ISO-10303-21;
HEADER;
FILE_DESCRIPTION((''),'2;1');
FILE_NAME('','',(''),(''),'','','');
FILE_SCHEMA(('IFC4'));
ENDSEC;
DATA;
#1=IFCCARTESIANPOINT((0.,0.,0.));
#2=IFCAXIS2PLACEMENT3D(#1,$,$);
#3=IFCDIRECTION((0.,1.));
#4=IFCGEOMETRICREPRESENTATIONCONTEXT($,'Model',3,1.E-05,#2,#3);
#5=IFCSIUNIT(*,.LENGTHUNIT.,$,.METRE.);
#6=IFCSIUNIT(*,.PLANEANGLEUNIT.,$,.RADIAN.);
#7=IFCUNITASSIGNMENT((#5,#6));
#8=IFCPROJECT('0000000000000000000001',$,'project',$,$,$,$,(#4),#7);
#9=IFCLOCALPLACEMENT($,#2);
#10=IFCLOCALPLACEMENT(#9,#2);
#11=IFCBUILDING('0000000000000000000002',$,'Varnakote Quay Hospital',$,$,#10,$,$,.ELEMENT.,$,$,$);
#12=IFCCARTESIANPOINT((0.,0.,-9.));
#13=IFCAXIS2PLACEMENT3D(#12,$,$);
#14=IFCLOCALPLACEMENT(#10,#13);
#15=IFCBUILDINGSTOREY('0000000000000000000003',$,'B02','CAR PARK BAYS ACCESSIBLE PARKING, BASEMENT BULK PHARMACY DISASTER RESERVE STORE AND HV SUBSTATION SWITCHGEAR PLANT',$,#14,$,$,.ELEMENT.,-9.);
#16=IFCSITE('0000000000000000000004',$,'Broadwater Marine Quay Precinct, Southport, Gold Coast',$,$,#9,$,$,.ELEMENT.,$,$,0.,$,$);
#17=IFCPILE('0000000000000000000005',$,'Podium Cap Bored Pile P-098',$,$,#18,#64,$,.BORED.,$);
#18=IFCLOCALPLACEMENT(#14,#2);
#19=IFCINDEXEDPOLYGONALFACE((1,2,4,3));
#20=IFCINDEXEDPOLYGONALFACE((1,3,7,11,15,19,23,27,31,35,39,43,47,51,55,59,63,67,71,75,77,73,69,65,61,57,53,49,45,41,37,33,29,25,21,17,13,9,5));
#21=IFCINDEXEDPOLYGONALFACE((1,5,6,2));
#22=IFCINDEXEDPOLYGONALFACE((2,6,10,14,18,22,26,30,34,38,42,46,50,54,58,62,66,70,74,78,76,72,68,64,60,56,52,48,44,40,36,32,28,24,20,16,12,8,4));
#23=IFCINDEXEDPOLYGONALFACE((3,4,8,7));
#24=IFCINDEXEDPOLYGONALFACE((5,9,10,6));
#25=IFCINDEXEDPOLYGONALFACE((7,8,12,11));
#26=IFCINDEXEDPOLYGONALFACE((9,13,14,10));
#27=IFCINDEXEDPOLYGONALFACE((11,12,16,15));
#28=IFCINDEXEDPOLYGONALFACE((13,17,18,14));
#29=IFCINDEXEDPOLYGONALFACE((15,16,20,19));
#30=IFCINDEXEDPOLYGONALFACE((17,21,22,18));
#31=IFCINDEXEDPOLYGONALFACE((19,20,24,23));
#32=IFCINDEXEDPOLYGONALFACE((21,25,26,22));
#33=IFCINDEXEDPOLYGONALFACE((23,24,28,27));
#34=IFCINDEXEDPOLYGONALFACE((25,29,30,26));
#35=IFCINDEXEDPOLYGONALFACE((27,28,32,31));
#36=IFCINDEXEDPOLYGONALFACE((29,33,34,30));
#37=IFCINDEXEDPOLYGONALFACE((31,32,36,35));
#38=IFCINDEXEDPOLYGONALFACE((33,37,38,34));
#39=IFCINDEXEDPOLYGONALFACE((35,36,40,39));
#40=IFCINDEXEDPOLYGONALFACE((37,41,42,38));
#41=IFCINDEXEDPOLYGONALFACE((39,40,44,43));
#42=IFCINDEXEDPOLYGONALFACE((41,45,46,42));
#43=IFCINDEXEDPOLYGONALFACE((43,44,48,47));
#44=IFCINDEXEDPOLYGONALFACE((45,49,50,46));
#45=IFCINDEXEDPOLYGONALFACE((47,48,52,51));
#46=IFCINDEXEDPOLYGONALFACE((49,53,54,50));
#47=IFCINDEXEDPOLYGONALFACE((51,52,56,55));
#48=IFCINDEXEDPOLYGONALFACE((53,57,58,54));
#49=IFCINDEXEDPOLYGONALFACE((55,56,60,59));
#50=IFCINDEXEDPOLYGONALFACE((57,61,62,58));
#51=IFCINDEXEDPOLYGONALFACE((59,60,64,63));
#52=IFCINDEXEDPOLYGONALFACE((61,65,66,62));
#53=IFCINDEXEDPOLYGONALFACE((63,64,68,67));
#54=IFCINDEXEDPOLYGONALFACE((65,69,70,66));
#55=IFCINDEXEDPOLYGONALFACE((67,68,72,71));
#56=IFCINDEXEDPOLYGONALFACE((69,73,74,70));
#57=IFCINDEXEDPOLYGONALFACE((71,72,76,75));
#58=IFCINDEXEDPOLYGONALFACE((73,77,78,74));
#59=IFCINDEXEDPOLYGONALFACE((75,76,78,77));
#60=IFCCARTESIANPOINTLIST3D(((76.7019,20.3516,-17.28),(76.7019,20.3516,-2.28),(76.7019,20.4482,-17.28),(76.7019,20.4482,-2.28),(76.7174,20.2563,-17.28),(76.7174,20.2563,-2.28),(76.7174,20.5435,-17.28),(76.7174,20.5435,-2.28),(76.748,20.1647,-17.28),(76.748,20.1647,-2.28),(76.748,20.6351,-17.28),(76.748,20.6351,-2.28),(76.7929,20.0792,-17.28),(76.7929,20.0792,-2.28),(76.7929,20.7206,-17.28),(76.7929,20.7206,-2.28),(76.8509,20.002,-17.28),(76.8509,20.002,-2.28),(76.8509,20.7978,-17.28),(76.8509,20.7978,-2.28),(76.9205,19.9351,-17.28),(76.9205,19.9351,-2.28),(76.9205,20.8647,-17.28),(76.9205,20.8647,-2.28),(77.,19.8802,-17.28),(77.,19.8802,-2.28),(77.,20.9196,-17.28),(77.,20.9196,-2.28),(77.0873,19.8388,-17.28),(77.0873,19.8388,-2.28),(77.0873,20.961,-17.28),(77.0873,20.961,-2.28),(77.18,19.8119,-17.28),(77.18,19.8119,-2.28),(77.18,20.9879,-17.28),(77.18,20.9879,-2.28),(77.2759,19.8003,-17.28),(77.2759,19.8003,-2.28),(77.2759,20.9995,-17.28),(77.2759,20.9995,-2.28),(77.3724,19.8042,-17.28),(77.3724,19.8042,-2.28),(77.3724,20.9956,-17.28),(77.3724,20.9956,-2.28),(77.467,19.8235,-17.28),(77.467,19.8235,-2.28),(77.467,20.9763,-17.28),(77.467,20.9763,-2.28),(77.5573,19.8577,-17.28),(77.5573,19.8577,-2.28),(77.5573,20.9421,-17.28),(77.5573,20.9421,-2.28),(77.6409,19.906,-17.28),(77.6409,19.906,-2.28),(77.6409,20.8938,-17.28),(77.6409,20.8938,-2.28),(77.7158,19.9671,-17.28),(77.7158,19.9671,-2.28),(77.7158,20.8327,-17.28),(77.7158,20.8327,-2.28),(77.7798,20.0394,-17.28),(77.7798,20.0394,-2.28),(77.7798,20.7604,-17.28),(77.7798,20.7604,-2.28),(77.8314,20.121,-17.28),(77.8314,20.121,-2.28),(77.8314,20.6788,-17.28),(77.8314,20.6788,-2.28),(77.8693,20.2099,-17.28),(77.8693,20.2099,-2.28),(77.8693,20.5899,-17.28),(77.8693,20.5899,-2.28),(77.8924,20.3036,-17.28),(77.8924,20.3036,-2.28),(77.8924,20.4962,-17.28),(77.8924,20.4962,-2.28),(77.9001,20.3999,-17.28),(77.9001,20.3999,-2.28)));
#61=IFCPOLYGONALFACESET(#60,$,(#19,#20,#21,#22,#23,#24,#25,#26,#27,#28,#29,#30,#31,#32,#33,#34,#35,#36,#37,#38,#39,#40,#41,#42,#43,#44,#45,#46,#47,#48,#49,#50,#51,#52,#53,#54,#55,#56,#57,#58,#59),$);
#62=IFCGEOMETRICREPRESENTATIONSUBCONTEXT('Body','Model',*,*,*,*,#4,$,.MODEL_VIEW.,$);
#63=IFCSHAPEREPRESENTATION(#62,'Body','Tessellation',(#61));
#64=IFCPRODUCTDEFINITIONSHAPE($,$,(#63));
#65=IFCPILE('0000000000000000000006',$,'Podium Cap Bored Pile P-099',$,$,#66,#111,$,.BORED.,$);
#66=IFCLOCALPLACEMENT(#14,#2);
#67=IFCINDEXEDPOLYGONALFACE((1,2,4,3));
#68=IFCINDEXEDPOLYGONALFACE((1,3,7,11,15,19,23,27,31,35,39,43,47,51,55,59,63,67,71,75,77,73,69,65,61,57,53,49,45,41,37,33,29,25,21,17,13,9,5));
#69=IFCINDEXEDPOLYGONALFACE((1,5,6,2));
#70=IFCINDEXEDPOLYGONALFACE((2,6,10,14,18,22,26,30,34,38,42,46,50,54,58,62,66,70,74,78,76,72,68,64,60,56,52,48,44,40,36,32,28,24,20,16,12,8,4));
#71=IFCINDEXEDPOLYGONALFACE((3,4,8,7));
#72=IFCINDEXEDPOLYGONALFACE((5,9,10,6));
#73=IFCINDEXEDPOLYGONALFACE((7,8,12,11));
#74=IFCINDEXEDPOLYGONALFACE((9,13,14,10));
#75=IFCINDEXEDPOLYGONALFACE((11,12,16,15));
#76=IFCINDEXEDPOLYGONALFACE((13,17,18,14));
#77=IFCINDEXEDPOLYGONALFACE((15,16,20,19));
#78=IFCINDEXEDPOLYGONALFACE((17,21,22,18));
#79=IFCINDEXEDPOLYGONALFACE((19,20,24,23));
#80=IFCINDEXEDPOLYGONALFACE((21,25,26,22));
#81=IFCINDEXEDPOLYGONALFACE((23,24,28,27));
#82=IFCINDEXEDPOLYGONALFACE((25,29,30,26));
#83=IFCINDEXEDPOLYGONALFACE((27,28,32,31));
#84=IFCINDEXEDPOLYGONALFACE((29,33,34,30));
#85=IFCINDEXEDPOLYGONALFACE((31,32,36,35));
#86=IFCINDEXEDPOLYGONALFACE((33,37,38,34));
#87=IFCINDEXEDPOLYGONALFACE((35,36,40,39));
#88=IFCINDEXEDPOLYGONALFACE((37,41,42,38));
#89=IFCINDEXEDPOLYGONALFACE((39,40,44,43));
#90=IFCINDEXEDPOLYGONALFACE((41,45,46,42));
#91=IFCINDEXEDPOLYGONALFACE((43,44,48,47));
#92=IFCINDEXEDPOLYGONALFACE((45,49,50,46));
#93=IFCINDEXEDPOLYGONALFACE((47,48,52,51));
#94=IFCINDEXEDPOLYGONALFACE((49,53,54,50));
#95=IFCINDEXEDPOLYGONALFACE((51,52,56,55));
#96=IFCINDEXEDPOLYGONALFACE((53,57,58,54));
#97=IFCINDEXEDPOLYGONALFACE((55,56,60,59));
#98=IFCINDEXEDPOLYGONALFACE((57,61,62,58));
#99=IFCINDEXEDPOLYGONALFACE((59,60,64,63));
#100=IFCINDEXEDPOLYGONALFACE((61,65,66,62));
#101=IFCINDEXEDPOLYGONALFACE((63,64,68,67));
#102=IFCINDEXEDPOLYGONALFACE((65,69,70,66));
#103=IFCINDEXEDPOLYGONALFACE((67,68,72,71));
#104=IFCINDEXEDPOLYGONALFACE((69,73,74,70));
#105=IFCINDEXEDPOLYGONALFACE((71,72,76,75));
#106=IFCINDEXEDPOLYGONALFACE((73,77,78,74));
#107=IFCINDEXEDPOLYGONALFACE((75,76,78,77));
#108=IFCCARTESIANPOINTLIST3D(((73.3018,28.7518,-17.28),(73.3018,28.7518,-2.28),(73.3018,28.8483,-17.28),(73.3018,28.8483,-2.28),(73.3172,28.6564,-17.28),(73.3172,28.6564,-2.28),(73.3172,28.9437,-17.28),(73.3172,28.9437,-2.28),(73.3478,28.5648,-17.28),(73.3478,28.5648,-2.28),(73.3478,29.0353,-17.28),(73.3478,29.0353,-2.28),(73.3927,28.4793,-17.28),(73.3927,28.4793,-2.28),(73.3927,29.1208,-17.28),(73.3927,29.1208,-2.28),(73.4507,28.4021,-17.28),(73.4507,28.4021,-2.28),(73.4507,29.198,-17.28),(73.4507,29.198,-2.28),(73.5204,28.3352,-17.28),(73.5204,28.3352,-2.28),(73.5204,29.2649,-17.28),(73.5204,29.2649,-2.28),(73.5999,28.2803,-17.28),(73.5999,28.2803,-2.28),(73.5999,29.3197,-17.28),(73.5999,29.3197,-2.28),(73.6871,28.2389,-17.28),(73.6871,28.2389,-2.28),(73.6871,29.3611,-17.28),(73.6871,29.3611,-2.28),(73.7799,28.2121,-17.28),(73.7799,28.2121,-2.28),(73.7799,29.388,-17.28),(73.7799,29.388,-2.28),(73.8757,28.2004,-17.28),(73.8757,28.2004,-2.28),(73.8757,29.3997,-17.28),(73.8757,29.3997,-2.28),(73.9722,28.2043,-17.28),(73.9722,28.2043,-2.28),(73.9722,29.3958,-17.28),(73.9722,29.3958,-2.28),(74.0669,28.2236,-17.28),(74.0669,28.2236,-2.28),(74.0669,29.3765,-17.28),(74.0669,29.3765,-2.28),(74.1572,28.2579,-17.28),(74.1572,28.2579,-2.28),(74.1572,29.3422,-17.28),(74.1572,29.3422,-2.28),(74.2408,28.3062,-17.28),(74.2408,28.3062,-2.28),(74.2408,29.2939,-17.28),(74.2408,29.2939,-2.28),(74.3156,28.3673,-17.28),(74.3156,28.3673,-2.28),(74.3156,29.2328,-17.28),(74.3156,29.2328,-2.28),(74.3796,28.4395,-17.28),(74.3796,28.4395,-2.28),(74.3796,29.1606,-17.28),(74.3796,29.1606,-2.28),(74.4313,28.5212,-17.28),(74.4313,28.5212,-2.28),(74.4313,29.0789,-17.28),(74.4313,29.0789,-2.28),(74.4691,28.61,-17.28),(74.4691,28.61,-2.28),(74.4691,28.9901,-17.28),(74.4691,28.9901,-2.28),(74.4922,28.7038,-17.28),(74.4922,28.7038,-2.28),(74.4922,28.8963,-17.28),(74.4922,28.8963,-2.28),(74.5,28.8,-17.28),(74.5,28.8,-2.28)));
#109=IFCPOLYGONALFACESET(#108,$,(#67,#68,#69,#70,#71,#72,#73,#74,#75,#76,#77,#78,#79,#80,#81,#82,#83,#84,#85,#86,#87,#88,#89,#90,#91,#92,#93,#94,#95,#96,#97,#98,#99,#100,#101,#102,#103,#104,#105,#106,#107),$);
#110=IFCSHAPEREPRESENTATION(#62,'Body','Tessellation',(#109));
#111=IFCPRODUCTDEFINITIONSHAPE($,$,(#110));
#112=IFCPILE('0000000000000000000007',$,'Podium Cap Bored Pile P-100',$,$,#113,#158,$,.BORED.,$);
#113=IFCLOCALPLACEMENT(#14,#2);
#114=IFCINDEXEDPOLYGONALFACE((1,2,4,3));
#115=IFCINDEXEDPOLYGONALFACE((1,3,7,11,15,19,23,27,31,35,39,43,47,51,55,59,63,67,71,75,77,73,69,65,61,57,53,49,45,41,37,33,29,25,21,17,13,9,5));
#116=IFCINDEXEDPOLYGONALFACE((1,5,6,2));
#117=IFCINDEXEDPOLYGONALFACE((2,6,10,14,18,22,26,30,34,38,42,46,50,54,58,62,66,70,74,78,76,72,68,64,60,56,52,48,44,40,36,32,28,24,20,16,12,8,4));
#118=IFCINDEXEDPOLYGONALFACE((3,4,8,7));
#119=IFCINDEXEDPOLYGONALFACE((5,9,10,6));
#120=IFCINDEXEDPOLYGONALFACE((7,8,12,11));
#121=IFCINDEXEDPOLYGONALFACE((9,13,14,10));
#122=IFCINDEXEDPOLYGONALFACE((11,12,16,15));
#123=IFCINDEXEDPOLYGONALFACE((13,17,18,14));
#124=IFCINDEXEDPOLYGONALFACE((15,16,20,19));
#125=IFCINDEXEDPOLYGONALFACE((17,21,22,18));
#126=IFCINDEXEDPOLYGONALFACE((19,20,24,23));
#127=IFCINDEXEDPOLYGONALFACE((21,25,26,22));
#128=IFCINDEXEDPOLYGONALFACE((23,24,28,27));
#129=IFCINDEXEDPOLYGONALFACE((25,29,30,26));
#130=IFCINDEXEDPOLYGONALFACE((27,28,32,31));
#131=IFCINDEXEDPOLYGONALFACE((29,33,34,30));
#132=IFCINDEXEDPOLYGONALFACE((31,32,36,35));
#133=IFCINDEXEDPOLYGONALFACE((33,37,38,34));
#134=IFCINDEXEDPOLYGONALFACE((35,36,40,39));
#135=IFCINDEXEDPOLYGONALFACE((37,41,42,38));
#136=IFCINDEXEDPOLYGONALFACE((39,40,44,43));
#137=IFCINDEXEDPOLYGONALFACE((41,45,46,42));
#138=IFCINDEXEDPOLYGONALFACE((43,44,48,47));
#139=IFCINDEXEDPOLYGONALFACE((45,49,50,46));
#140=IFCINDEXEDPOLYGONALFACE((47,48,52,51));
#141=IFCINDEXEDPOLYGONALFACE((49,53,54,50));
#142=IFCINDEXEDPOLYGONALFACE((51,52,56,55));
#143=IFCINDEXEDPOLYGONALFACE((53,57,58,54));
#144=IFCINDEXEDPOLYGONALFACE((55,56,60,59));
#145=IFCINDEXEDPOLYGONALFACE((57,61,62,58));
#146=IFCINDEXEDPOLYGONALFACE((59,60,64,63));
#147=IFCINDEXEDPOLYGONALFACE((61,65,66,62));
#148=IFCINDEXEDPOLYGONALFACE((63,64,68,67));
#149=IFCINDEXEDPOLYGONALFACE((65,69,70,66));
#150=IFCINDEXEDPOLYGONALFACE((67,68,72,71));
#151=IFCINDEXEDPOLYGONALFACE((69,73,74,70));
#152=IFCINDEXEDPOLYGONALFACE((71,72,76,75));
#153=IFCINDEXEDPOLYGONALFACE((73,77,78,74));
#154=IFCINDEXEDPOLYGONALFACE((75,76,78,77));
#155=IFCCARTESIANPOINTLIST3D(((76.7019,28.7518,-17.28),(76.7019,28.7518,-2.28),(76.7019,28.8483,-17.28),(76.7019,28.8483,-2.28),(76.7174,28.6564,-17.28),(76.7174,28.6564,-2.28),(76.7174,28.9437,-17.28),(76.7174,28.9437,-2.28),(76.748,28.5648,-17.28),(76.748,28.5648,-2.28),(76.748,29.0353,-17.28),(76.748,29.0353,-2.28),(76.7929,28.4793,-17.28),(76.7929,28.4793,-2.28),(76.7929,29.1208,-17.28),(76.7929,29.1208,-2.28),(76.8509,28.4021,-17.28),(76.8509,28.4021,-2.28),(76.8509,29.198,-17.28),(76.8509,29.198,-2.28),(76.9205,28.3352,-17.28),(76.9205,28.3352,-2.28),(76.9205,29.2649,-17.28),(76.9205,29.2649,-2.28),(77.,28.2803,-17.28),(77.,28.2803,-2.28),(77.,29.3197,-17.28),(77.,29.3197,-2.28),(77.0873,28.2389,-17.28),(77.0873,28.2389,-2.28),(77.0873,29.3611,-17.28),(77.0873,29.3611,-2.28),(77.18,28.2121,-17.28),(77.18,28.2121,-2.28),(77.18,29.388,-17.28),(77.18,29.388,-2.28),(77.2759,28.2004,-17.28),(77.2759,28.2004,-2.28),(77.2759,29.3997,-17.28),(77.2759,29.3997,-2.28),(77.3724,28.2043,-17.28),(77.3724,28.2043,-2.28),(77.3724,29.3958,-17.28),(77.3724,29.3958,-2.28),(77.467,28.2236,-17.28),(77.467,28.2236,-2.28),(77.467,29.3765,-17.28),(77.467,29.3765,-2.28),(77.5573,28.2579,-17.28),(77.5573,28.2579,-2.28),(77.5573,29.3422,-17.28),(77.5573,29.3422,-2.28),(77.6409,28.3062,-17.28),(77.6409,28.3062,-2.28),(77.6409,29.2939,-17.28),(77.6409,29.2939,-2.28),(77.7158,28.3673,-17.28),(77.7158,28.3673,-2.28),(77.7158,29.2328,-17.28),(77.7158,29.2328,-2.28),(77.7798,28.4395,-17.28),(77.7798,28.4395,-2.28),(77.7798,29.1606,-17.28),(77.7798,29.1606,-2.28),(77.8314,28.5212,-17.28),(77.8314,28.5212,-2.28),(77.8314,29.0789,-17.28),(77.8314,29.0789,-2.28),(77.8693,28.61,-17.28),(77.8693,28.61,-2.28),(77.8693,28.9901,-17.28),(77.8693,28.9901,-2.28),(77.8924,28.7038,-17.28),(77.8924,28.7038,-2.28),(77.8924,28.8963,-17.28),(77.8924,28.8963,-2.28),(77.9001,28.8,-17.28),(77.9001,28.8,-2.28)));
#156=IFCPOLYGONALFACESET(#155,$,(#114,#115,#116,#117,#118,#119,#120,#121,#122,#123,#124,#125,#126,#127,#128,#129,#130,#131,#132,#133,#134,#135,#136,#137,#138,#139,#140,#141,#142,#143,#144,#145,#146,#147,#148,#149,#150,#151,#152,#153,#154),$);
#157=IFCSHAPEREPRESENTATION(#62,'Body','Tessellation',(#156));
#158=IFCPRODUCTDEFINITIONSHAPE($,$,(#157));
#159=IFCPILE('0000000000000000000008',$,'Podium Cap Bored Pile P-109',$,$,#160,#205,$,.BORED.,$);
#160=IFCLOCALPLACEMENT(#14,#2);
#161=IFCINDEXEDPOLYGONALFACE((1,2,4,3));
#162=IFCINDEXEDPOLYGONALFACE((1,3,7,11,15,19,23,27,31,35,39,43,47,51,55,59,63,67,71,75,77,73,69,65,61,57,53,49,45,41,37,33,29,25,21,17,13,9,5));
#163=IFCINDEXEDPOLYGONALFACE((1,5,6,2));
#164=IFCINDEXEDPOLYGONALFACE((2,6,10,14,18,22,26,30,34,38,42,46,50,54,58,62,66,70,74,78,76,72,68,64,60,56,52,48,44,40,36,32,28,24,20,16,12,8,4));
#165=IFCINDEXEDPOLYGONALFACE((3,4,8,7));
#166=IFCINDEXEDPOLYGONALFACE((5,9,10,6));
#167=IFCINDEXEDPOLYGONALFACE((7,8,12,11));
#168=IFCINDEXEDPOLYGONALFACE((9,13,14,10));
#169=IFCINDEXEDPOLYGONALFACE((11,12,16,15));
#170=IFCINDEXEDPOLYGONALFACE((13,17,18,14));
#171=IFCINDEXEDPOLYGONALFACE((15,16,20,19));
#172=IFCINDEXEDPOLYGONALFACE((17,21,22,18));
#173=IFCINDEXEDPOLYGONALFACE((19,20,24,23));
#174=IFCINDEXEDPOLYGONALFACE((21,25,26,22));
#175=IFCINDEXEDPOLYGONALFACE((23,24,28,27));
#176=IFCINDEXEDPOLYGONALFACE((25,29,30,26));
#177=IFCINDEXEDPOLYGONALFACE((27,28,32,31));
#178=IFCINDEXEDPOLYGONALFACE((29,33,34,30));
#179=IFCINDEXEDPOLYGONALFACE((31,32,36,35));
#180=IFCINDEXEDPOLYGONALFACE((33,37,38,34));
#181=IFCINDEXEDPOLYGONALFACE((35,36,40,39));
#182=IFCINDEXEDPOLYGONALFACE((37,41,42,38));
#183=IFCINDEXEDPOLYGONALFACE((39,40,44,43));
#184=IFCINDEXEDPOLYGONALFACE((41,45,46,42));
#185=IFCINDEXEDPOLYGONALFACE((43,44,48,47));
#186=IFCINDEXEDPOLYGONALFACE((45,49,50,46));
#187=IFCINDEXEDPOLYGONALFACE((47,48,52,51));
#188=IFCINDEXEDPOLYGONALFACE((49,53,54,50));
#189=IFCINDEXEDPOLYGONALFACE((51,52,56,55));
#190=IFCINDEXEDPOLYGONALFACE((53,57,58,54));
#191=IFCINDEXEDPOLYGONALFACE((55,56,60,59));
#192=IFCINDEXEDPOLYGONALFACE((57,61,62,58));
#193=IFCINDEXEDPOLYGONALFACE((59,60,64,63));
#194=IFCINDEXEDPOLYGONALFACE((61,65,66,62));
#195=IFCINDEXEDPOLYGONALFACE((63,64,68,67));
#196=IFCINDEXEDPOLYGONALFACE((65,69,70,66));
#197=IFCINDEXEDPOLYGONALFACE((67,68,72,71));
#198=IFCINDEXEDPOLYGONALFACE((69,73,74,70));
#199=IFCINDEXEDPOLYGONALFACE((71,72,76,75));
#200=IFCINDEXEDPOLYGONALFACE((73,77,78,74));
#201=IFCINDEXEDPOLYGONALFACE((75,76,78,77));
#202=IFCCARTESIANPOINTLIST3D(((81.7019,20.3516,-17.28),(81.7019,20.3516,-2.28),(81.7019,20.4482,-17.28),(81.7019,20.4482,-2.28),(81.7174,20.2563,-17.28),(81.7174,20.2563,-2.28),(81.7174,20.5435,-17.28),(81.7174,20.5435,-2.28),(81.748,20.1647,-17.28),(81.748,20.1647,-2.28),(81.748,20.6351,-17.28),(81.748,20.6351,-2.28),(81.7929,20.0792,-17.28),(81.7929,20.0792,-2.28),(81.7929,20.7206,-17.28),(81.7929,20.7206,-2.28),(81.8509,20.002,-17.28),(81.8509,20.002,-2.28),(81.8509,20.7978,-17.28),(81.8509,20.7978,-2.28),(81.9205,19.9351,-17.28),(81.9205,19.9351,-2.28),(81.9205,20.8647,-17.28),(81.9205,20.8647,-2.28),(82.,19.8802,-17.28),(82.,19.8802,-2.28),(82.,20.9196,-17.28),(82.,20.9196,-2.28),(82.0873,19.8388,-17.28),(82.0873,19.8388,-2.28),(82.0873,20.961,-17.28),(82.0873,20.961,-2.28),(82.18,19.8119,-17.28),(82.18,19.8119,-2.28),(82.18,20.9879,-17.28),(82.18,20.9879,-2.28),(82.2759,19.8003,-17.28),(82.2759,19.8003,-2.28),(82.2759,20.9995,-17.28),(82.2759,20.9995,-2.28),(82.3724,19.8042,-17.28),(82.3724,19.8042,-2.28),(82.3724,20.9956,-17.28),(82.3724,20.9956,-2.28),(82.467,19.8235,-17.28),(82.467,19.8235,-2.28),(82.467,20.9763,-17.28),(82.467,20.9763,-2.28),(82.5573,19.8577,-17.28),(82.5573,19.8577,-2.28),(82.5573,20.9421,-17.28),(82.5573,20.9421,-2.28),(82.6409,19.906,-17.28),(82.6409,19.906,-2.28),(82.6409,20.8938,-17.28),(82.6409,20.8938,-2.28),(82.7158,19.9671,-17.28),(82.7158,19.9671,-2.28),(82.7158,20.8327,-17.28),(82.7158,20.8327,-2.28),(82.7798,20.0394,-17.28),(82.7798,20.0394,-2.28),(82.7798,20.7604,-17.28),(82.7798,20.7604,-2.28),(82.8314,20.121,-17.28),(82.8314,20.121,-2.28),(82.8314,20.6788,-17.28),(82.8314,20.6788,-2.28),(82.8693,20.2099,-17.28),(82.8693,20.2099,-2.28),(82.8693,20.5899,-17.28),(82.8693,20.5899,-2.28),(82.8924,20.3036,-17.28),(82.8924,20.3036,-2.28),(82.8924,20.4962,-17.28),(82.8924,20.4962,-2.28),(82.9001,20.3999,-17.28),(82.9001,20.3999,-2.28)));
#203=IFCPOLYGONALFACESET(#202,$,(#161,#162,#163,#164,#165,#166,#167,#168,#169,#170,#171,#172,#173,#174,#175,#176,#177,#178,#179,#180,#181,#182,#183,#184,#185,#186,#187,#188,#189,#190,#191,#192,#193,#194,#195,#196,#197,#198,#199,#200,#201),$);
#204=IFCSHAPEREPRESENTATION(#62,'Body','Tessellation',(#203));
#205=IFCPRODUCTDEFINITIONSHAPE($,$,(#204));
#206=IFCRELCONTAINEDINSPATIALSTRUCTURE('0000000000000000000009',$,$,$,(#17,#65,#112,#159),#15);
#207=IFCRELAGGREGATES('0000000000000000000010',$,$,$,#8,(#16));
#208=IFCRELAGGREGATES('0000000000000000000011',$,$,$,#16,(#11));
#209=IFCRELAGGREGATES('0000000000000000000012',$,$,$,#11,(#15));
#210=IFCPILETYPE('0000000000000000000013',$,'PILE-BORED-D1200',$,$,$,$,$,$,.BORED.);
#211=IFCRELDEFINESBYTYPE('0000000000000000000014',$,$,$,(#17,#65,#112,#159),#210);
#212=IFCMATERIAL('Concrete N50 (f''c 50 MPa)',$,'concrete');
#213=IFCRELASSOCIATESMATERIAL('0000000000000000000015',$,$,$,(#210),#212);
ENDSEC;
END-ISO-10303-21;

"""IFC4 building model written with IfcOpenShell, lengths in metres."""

from ifc_helpers import new_model, si_unit, direction, frame, origin, origin_2d, place, context, subcontext, project, spatial, circle, extrude, material, material_profile, profile_set, type_object, element, save


model = new_model("IFC4")

# Units and contexts
model_context = context("Model", 3, precision=1e-05, world=origin(), true_north=direction((0.0, 1.0)))
body_context = subcontext(model_context, "Body", "Model", "MODEL_VIEW")
ifc_project = project(units=[si_unit("LENGTHUNIT", "METRE"), si_unit("PLANEANGLEUNIT", "RADIAN")], contexts=[model_context])

# Site, building, storey
site_placement = place(None, origin())
site = spatial("IfcSite", under=ifc_project, at=site_placement, Name="Broadwater Marine Quay Precinct, Southport, Gold Coast", CompositionType="ELEMENT", RefElevation=0.0)
building_placement = place(site_placement, origin())
building = spatial("IfcBuilding", under=site, at=building_placement, Name="Varnakote Quay Hospital", CompositionType="ELEMENT")
storey_placement = place(building_placement, frame((0.0, 0.0, -9.0)))
storey = spatial("IfcBuildingStorey", under=building, at=storey_placement, Name="B02", Description="CAR PARK BAYS ACCESSIBLE PARKING, BASEMENT BULK PHARMACY DISASTER RESERVE STORE AND HV SUBSTATION SWITCHGEAR PLANT", CompositionType="ELEMENT", Elevation=-9.0)

# Piles
ifc_material_1 = material(Name="Concrete N50 (f'c 50 MPa)", Category="concrete")
ifc_material_profile_1 = material_profile(ifc_material_1, circle(Radius=0.6001, at=origin_2d()), Name="PILE-D1200")
ifc_profile_set_1 = profile_set([ifc_material_profile_1], Name="Concrete N50 (f'c 50 MPa)")
pile_type = type_object("IfcPileType", Name="PILE-BORED-D1200", PredefinedType="BORED", material=ifc_profile_set_1)
for number, where, z_axis, x_axis, name in (
    (1, (77.3, 20.3999, -2.28), (0.0, 0.0, -1.0), (1.0, 0.0, 0.0), "Podium Cap Bored Pile P-098"),
    (2, (73.8999, 28.8, -2.28), (0.0, 0.0, -1.0), (1.0, 0.0, 0.0), "Podium Cap Bored Pile P-099"),
    (3, (77.3, 28.8, -2.28), (0.0, 0.0, -1.0), (1.0, 0.0, 0.0), "Podium Cap Bored Pile P-100"),
    (4, (82.3, 20.3999, -2.28), (0.0, 0.0, -1.0), (1.0, 0.0, 0.0), "Podium Cap Bored Pile P-109"),
):
    element("IfcPile", number, at=place(storey_placement, frame(where, z_axis=z_axis, x_axis=x_axis)), inside=storey, type_object=pile_type, Name=name, PredefinedType="BORED", context=body_context, shape_type="SweptSolid", body=[
        extrude(circle(Radius=0.6001, at=origin_2d()), origin(), (0.0, 0.0, 1.0), 15.0),
    ])

save(model, "model.ifc")
